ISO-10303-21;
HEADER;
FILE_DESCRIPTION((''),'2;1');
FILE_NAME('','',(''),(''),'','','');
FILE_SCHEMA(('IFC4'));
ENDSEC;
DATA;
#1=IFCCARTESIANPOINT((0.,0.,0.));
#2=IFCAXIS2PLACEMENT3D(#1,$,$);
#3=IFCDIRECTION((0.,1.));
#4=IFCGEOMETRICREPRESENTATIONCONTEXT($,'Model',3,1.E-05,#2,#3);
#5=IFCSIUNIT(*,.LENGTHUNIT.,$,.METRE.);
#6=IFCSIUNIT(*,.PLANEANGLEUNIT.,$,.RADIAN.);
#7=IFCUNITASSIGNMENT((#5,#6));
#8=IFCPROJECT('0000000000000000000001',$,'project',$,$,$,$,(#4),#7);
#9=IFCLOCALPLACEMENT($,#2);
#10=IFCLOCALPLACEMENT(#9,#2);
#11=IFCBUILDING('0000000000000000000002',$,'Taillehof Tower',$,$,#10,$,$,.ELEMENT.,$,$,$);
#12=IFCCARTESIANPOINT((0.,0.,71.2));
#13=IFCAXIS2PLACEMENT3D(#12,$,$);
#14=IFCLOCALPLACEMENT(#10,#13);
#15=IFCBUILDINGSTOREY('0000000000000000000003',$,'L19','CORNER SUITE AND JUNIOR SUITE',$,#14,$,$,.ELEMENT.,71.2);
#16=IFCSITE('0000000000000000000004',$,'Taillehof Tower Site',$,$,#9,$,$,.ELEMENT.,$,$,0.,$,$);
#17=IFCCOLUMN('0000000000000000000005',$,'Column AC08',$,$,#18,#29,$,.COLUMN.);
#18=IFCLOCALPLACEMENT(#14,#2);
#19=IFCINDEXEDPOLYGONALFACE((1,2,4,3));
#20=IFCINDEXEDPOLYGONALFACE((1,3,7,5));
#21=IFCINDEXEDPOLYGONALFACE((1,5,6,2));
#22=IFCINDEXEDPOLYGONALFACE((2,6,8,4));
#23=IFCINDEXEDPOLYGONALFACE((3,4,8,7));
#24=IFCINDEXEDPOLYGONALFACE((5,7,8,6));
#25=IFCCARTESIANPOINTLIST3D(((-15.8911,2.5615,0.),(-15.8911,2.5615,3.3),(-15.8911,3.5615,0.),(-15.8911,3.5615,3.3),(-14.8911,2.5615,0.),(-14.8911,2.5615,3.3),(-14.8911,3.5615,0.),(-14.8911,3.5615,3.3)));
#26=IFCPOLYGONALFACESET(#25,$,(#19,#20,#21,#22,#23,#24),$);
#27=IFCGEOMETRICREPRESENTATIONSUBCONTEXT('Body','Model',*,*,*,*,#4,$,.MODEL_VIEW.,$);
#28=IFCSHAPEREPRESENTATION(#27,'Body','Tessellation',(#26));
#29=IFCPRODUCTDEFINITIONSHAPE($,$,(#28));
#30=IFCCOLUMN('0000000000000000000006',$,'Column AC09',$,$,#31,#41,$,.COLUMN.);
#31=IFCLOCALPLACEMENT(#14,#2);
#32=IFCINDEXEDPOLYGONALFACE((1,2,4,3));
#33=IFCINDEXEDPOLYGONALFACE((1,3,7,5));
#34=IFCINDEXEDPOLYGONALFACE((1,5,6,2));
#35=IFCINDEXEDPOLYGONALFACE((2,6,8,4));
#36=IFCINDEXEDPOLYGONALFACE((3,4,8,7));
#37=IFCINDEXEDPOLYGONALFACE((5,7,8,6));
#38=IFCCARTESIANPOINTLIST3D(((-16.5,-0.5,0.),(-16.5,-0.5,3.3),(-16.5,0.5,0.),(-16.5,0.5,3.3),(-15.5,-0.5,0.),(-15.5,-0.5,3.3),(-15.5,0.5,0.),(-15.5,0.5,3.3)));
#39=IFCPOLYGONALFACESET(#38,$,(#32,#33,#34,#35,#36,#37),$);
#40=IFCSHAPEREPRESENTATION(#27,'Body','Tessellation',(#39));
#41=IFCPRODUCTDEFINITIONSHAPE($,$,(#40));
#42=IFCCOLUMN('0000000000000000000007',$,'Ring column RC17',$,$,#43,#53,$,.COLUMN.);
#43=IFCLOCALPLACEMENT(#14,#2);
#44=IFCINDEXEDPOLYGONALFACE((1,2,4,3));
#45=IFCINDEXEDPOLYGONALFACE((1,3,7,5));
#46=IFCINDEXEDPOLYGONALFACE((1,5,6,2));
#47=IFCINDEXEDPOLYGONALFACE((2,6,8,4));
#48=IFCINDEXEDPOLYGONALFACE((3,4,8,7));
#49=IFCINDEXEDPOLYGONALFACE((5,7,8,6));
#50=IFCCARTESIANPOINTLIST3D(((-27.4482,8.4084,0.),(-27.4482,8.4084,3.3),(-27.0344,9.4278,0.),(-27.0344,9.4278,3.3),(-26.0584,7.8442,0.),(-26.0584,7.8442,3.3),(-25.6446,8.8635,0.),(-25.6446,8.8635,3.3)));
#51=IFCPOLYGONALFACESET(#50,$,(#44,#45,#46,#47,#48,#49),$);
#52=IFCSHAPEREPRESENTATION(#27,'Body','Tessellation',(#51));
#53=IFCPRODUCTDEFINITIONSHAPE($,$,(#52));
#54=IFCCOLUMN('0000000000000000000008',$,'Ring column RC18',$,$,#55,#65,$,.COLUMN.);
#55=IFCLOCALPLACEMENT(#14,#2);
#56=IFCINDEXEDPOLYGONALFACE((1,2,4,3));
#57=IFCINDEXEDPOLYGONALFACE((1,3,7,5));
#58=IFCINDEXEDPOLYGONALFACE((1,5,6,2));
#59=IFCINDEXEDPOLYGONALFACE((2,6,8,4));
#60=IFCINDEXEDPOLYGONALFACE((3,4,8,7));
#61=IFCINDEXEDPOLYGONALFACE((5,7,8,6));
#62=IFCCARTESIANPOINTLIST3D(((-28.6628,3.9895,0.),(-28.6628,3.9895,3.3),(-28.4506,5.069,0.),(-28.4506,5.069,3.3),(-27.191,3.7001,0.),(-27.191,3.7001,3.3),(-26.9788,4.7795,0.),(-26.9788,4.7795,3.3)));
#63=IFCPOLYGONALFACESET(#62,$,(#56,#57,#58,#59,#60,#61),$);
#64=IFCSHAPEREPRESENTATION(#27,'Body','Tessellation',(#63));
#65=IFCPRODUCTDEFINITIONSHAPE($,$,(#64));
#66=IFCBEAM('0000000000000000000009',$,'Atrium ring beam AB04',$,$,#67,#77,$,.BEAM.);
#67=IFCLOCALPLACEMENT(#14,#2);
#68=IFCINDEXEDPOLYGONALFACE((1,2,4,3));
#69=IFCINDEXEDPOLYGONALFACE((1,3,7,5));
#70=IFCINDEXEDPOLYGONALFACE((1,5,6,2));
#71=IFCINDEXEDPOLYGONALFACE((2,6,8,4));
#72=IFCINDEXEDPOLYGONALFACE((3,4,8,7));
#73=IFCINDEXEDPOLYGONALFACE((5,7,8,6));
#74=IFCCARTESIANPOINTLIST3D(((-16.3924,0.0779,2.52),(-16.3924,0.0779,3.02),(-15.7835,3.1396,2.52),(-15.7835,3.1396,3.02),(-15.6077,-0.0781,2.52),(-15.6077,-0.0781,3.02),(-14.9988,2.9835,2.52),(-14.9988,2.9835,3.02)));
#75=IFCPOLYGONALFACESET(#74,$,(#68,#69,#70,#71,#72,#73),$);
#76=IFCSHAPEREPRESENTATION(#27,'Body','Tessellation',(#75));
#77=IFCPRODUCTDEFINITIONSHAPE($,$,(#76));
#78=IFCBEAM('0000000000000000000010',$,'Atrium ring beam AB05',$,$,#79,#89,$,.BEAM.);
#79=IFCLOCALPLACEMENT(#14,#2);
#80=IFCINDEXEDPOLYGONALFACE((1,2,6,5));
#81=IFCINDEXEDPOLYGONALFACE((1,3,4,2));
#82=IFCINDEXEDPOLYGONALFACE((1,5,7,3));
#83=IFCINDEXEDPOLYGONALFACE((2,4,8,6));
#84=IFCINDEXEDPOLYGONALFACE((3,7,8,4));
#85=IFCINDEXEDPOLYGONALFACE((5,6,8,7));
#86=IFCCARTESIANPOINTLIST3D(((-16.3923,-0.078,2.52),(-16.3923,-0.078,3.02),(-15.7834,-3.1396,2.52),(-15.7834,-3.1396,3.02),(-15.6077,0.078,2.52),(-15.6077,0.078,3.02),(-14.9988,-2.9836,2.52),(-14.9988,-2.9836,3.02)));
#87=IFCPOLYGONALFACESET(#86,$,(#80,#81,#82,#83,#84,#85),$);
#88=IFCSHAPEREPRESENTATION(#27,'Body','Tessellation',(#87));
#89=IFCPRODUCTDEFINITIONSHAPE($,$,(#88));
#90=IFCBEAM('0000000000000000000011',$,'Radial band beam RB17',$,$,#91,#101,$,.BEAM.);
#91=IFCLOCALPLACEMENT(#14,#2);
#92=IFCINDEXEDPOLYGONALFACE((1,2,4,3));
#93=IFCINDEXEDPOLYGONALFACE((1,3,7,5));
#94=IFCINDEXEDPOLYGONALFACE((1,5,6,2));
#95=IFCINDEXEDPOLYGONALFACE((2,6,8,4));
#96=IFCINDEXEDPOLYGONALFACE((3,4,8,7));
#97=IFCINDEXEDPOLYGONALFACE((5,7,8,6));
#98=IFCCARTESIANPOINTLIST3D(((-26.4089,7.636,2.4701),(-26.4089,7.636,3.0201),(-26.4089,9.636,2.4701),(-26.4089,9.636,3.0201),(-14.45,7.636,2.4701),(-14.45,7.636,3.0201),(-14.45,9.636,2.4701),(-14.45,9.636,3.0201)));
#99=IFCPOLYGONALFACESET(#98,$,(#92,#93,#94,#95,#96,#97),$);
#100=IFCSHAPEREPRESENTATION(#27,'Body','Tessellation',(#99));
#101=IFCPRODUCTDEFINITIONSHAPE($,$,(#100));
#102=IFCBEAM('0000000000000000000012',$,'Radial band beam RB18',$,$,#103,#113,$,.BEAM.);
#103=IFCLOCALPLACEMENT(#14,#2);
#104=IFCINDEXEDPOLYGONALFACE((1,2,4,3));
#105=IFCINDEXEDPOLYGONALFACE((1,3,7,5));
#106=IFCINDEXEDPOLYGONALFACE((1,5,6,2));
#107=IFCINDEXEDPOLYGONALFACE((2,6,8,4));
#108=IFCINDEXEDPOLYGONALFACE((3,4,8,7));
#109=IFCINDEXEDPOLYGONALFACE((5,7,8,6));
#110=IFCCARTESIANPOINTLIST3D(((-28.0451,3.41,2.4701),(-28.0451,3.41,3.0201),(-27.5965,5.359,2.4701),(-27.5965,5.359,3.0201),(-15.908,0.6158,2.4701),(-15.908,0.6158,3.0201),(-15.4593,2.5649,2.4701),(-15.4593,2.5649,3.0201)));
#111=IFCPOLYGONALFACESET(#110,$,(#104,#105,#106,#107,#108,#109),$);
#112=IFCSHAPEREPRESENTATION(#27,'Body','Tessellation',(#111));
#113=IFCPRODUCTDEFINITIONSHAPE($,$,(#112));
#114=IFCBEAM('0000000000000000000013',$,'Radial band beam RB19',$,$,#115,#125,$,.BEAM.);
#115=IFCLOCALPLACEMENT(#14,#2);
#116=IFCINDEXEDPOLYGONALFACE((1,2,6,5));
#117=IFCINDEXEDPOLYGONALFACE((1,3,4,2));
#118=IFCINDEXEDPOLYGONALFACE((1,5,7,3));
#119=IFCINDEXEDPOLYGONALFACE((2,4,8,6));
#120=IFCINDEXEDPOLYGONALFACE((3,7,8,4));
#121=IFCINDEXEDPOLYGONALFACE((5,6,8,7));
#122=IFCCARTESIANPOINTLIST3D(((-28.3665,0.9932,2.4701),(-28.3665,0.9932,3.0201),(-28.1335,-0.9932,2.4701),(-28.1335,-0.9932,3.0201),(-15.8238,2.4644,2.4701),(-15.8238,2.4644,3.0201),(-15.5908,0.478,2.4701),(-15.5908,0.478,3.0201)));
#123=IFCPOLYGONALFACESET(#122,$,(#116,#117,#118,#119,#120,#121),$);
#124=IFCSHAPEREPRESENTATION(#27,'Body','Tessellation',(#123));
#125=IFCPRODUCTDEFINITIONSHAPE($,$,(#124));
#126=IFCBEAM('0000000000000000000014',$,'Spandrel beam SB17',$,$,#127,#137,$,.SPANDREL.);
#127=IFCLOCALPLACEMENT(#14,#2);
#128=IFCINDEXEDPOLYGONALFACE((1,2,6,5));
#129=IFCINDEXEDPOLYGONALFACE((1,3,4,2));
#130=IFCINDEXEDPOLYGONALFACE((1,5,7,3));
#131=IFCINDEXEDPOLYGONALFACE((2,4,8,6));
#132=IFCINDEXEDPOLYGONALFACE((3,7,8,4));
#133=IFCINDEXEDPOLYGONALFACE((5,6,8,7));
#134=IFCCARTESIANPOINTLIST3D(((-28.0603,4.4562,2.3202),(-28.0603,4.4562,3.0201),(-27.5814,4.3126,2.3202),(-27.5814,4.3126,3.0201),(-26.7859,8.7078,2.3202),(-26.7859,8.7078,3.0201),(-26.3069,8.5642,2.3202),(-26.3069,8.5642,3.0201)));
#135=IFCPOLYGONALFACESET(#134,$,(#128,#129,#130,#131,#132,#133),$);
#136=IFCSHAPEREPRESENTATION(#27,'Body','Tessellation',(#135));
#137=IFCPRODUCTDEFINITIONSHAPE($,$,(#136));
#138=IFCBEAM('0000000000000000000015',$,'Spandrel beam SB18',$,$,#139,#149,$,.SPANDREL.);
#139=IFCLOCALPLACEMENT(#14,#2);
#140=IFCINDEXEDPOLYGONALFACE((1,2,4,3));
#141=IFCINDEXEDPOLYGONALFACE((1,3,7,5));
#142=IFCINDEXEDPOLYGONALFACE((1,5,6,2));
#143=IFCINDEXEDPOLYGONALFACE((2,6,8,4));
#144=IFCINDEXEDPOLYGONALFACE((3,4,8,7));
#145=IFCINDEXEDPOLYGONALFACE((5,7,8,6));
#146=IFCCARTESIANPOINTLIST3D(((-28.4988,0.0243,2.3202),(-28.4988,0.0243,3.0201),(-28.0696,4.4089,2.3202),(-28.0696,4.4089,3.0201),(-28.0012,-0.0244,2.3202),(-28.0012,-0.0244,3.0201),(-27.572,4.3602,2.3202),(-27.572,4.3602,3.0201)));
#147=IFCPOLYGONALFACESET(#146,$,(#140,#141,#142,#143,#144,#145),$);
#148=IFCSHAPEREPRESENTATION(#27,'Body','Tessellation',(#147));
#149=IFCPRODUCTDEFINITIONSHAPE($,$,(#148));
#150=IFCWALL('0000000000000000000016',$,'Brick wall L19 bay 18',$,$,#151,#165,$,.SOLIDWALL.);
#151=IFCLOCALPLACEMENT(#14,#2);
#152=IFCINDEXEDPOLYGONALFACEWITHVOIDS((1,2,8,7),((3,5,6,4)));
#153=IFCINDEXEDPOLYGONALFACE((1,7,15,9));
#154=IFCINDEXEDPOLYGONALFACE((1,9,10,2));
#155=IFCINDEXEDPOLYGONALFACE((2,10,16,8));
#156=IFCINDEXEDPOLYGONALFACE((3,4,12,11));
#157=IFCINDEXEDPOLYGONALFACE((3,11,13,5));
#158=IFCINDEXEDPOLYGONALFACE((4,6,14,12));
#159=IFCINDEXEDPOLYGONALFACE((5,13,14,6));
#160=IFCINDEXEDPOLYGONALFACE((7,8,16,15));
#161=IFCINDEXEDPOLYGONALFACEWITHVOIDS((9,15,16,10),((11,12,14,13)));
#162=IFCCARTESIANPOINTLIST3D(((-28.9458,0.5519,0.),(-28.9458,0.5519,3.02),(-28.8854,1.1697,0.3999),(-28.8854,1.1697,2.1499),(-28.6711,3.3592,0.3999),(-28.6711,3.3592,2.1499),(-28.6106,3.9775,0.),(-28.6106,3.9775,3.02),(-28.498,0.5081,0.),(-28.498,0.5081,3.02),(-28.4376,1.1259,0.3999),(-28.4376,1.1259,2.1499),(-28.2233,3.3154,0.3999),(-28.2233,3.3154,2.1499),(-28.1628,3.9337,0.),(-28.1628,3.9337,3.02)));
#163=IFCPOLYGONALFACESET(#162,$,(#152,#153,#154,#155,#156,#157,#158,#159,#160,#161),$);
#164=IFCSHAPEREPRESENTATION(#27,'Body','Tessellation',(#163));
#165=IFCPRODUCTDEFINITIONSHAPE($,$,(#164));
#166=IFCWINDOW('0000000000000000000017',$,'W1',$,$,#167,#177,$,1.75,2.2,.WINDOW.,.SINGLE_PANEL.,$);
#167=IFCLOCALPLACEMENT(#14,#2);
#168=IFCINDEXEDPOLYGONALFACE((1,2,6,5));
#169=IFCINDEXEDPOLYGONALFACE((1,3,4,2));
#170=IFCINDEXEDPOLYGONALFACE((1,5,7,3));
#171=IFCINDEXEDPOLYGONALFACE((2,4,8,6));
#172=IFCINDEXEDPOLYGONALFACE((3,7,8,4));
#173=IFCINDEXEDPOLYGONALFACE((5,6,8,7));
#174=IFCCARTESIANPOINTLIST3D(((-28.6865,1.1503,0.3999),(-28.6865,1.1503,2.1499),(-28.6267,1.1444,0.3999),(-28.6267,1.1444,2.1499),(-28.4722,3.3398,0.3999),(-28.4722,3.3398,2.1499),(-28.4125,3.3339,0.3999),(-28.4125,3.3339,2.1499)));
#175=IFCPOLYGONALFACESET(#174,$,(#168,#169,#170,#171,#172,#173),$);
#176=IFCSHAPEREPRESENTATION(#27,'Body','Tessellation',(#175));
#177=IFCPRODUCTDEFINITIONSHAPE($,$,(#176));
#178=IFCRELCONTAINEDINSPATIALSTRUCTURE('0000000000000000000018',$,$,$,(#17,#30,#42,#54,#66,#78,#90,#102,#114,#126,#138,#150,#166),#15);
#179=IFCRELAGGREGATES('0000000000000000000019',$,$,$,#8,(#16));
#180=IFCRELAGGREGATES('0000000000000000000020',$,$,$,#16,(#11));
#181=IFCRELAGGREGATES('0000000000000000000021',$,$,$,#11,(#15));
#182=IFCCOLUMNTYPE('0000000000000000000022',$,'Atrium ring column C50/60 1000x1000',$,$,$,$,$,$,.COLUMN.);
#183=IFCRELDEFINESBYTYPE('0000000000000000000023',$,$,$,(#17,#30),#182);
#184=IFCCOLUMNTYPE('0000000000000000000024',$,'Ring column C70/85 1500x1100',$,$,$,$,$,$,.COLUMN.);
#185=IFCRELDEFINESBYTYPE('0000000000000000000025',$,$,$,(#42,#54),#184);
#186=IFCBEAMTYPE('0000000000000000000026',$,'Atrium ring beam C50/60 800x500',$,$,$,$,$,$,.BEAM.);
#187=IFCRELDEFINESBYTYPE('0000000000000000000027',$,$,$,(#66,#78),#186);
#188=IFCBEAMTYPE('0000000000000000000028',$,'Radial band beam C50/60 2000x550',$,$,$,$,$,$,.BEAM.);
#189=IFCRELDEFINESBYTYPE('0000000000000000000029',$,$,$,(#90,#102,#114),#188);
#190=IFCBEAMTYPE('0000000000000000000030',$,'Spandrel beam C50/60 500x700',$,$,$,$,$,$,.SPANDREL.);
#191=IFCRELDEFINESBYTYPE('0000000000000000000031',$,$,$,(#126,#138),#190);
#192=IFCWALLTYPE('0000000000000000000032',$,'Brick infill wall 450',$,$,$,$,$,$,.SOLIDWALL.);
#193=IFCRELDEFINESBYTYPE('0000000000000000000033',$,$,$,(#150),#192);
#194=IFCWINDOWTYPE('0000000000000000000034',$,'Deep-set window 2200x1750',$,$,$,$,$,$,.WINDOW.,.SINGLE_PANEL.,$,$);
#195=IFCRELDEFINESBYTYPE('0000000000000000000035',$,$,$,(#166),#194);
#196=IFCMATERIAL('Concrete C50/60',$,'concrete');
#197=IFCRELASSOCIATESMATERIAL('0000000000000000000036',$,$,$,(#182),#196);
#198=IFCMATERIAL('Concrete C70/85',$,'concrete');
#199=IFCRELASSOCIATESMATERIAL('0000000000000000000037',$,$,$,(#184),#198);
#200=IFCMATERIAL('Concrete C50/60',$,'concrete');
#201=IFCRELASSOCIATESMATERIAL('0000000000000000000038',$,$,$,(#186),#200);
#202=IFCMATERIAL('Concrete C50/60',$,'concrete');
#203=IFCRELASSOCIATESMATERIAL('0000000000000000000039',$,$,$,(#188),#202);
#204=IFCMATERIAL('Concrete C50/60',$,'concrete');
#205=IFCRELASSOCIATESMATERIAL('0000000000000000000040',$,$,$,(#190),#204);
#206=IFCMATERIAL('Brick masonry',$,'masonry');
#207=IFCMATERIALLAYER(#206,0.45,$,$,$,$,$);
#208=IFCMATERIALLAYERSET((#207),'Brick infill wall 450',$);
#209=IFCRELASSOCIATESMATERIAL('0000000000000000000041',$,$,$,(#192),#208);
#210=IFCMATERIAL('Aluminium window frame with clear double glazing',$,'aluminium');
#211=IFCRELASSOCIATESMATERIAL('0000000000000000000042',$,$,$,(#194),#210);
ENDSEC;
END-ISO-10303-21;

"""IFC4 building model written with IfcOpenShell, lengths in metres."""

from ifc_helpers import new_model, si_unit, direction, frame, frame_2d, origin, origin_2d, place, context, subcontext, project, spatial, rectangle, extrude, material, layer, layer_set, material_profile, profile_set, type_object, element, fill, save


model = new_model("IFC4")

# Units and contexts
model_context = context("Model", 3, precision=1e-05, world=origin(), true_north=direction((0.0, 1.0)))
body_context = subcontext(model_context, "Body", "Model", "MODEL_VIEW")
ifc_project = project(units=[si_unit("LENGTHUNIT", "METRE"), si_unit("PLANEANGLEUNIT", "RADIAN")], contexts=[model_context])

# Site, building, storey
site_placement = place(None, origin())
site = spatial("IfcSite", under=ifc_project, at=site_placement, Name="Taillehof Tower Site", CompositionType="ELEMENT", RefElevation=0.0)
building_placement = place(site_placement, origin())
building = spatial("IfcBuilding", under=site, at=building_placement, Name="Taillehof Tower", CompositionType="ELEMENT")
storey_placement = place(building_placement, frame((0.0, 0.0, 71.2)))
storey = spatial("IfcBuildingStorey", under=building, at=storey_placement, Name="L19", Description="CORNER SUITE AND JUNIOR SUITE", CompositionType="ELEMENT", Elevation=71.2)

# Columns
ifc_material_1 = material(Name="Concrete C50/60", Category="concrete")
ifc_material_profile_1 = material_profile(ifc_material_1, rectangle(XDim=1.0, YDim=1.0, at=origin_2d()), Name="RC 1000x1000")
ifc_profile_set_1 = profile_set([ifc_material_profile_1], Name="Concrete C50/60")
column_type_1 = type_object("IfcColumnType", Name="Atrium ring column C50/60 1000x1000", PredefinedType="COLUMN", material=ifc_profile_set_1)
for number, where, z_axis, x_axis, name in (
    (1, (-15.3911, 3.0615, 0.0), (0.0, 0.0, 1.0), (1.0, 0.0, 0.0), "Column AC08"),
    (2, (-16.0, 0.0, 0.0), (0.0, 0.0, 1.0), (1.0, 0.0, 0.0), "Column AC09"),
):
    element("IfcColumn", number, at=place(storey_placement, frame(where, z_axis=z_axis, x_axis=x_axis)), inside=storey, type_object=column_type_1, Name=name, PredefinedType="COLUMN", context=body_context, shape_type="SweptSolid", body=[
        extrude(rectangle(XDim=1.0, YDim=1.0, at=origin_2d()), origin(), (0.0, 0.0, 1.0), 3.3),
    ])
ifc_material_2 = material(Name="Concrete C70/85", Category="concrete")
ifc_material_profile_2 = material_profile(ifc_material_2, rectangle(XDim=1.5, YDim=1.1001, at=origin_2d()), Name="RC 1500x1100")
ifc_profile_set_2 = profile_set([ifc_material_profile_2], Name="Concrete C70/85")
column_type_2 = type_object("IfcColumnType", Name="Ring column C70/85 1500x1100", PredefinedType="COLUMN", material=ifc_profile_set_2)
for number, where, z_axis, x_axis, name in (
    (3, (-26.5464, 8.636, 0.0), (0.0, 0.0, 1.0), (-0.926558, 0.376152, 0.0), "Ring column RC17"),
    (4, (-27.8208, 4.3845, 0.0), (0.0, 0.0, 1.0), (-0.981204, 0.192976, 0.0), "Ring column RC18"),
):
    element("IfcColumn", number, at=place(storey_placement, frame(where, z_axis=z_axis, x_axis=x_axis)), inside=storey, type_object=column_type_2, Name=name, PredefinedType="COLUMN", context=body_context, shape_type="SweptSolid", body=[
        extrude(rectangle(XDim=1.5, YDim=1.1001, at=origin_2d()), origin(), (0.0, 0.0, 1.0), 3.3),
    ])

# Beams
ifc_material_3 = material(Name="Concrete C50/60", Category="concrete")
ifc_material_profile_3 = material_profile(ifc_material_3, rectangle(XDim=0.8, YDim=0.5, at=origin_2d()), Name="RC 800x500")
ifc_profile_set_3 = profile_set([ifc_material_profile_3], Name="Concrete C50/60")
beam_type_1 = type_object("IfcBeamType", Name="Atrium ring beam C50/60 800x500", PredefinedType="BEAM", material=ifc_profile_set_3)
for number, where, z_axis, x_axis, name in (
    (5, (-15.3911, 3.0615, 2.77), (-0.195063, -0.980791, 0.0), (0.980791, -0.195063, 0.0), "Atrium ring beam AB04"),
    (6, (-16.0, 0.0, 2.77), (0.195063, -0.980791, 0.0), (0.980791, 0.195063, 0.0), "Atrium ring beam AB05"),
):
    element("IfcBeam", number, at=place(storey_placement, frame(where, z_axis=z_axis, x_axis=x_axis)), inside=storey, type_object=beam_type_1, Name=name, PredefinedType="BEAM", context=body_context, shape_type="SweptSolid", body=[
        extrude(rectangle(XDim=0.8, YDim=0.5, at=origin_2d()), origin(), (0.0, 0.0, 1.0), 3.1216),
    ])
ifc_material_4 = material(Name="Concrete C50/60", Category="concrete")
ifc_material_profile_4 = material_profile(ifc_material_4, rectangle(XDim=2.0, YDim=0.55, at=origin_2d()), Name="RC 2000x550")
ifc_profile_set_4 = profile_set([ifc_material_profile_4], Name="Concrete C50/60")
beam_type_2 = type_object("IfcBeamType", Name="Radial band beam C50/60 2000x550", PredefinedType="BEAM", material=ifc_profile_set_4)
beam_1_placement = place(storey_placement, frame((-26.4089, 8.636, 2.7451), z_axis=(1.0, 0.0, 0.0), x_axis=(0.0, 1.0, 0.0)))
element("IfcBeam", 7, at=beam_1_placement, inside=storey, type_object=beam_type_2, Name="Radial band beam RB17", PredefinedType="BEAM", context=body_context, shape_type="SweptSolid", body=[
    extrude(rectangle(XDim=2.0, YDim=0.55, at=origin_2d()), origin(), (0.0, 0.0, 1.0), 11.959),
])
beam_2_placement = place(storey_placement, frame((-27.8208, 4.3845, 2.7451), z_axis=(0.974509, -0.224348, 0.0), x_axis=(0.224348, 0.974509, 0.0)))
element("IfcBeam", 8, at=beam_2_placement, inside=storey, type_object=beam_type_2, Name="Radial band beam RB18", PredefinedType="BEAM", context=body_context, shape_type="SweptSolid", body=[
    extrude(rectangle(XDim=2.0, YDim=0.55, at=origin_2d()), origin(), (0.0, 0.0, 1.0), 12.4546),
])
beam_3_placement = place(storey_placement, frame((-28.25, 0.0, 2.7451), z_axis=(0.993191, 0.116496, 0.0), x_axis=(-0.116496, 0.993191, 0.0)))
element("IfcBeam", 9, at=beam_3_placement, inside=storey, type_object=beam_type_2, Name="Radial band beam RB19", PredefinedType="BEAM", context=body_context, shape_type="SweptSolid", body=[
    extrude(rectangle(XDim=2.0, YDim=0.55, at=origin_2d()), origin(), (0.0, 0.0, 1.0), 12.6287),
])
ifc_material_5 = material(Name="Concrete C50/60", Category="concrete")
ifc_material_profile_5 = material_profile(ifc_material_5, rectangle(XDim=0.5, YDim=0.7, at=origin_2d()), Name="RC 500x700")
ifc_profile_set_5 = profile_set([ifc_material_profile_5], Name="Concrete C50/60")
beam_type_3 = type_object("IfcBeamType", Name="Spandrel beam C50/60 500x700", PredefinedType="SPANDREL", material=ifc_profile_set_5)
beam_4_placement = place(storey_placement, frame((-26.5464, 8.636, 2.6702), z_axis=(-0.287136, -0.95789, 0.0), x_axis=(0.95789, -0.287136, 0.0)))
element("IfcBeam", 10, at=beam_4_placement, inside=storey, type_object=beam_type_3, Name="Spandrel beam SB17", PredefinedType="SPANDREL", context=body_context, shape_type="SweptSolid", body=[
    extrude(rectangle(XDim=0.5, YDim=0.7, at=origin_2d()), origin(), (0.0, 0.0, 1.0), 4.4385),
])
beam_5_placement = place(storey_placement, frame((-27.8208, 4.3845, 2.6702), z_axis=(-0.097424, -0.995243, 0.0), x_axis=(0.995243, -0.097424, 0.0)))
element("IfcBeam", 11, at=beam_5_placement, inside=storey, type_object=beam_type_3, Name="Spandrel beam SB18", PredefinedType="SPANDREL", context=body_context, shape_type="SweptSolid", body=[
    extrude(rectangle(XDim=0.5, YDim=0.7, at=origin_2d()), origin(), (0.0, 0.0, 1.0), 4.4055),
])

# Wall, opening, window
ifc_material_6 = material(Name="Brick masonry", Category="masonry")
ifc_layer_1 = layer(ifc_material_6, 0.45)
ifc_layer_set_1 = layer_set([ifc_layer_1], Name="Brick infill wall 450")
wall_type_1 = type_object("IfcWallType", Name="Brick infill wall 450", PredefinedType="SOLIDWALL", material=ifc_layer_set_1)
wall_1_placement = place(storey_placement, frame((-28.3867, 3.9556, 0.0), z_axis=(0.0, 0.0, 1.0), x_axis=(-0.09739, -0.995246, 0.0)))
wall_1 = element("IfcWall", 12, at=wall_1_placement, inside=storey, type_object=wall_type_1, Name="Brick wall L19 bay 18", PredefinedType="SOLIDWALL", context=body_context, shape_type="SweptSolid", body=[
    extrude(rectangle(XDim=3.4419, YDim=0.45, at=frame_2d((1.7209, 0.0))), origin(), (0.0, 0.0, 1.0), 3.02),
])
opening_1_placement = place(wall_1_placement, frame((0.6211, 0.0, 0.3999)))
opening_1 = element("IfcOpeningElement", 13, at=opening_1_placement, cuts=wall_1, PredefinedType="OPENING", context=body_context, shape_type="SweptSolid", body=[
    extrude(rectangle(XDim=2.2, YDim=1.75, at=frame_2d((1.1001, 0.875))), frame((0.0, 0.2349, 0.0), z_axis=(0.0, -1.0, 0.0), x_axis=(1.0, 0.0, 0.0)), (0.0, 0.0, 1.0), 0.47),
])
ifc_material_7 = material(Name="Aluminium window frame with clear double glazing", Category="aluminium")
window_type_1 = type_object("IfcWindowType", Name="Deep-set window 2200x1750", PartitioningType="SINGLE_PANEL", PredefinedType="WINDOW", material=ifc_material_7)
window_1_placement = place(opening_1_placement, origin())
window_1 = element("IfcWindow", 14, at=window_1_placement, inside=storey, type_object=window_type_1, Name="W1", OverallHeight=1.75, OverallWidth=2.2, PartitioningType="SINGLE_PANEL", PredefinedType="WINDOW", context=body_context, shape_type="SweptSolid", body=[
    extrude(rectangle(XDim=2.2, YDim=1.75, at=frame_2d((1.1001, 0.875))), frame((0.0, 0.0349, 0.0), z_axis=(0.0, -1.0, 0.0), x_axis=(1.0, 0.0, 0.0)), (0.0, 0.0, 1.0), 0.0601),
])
fill(opening_1, window_1)

save(model, "model.ifc")
